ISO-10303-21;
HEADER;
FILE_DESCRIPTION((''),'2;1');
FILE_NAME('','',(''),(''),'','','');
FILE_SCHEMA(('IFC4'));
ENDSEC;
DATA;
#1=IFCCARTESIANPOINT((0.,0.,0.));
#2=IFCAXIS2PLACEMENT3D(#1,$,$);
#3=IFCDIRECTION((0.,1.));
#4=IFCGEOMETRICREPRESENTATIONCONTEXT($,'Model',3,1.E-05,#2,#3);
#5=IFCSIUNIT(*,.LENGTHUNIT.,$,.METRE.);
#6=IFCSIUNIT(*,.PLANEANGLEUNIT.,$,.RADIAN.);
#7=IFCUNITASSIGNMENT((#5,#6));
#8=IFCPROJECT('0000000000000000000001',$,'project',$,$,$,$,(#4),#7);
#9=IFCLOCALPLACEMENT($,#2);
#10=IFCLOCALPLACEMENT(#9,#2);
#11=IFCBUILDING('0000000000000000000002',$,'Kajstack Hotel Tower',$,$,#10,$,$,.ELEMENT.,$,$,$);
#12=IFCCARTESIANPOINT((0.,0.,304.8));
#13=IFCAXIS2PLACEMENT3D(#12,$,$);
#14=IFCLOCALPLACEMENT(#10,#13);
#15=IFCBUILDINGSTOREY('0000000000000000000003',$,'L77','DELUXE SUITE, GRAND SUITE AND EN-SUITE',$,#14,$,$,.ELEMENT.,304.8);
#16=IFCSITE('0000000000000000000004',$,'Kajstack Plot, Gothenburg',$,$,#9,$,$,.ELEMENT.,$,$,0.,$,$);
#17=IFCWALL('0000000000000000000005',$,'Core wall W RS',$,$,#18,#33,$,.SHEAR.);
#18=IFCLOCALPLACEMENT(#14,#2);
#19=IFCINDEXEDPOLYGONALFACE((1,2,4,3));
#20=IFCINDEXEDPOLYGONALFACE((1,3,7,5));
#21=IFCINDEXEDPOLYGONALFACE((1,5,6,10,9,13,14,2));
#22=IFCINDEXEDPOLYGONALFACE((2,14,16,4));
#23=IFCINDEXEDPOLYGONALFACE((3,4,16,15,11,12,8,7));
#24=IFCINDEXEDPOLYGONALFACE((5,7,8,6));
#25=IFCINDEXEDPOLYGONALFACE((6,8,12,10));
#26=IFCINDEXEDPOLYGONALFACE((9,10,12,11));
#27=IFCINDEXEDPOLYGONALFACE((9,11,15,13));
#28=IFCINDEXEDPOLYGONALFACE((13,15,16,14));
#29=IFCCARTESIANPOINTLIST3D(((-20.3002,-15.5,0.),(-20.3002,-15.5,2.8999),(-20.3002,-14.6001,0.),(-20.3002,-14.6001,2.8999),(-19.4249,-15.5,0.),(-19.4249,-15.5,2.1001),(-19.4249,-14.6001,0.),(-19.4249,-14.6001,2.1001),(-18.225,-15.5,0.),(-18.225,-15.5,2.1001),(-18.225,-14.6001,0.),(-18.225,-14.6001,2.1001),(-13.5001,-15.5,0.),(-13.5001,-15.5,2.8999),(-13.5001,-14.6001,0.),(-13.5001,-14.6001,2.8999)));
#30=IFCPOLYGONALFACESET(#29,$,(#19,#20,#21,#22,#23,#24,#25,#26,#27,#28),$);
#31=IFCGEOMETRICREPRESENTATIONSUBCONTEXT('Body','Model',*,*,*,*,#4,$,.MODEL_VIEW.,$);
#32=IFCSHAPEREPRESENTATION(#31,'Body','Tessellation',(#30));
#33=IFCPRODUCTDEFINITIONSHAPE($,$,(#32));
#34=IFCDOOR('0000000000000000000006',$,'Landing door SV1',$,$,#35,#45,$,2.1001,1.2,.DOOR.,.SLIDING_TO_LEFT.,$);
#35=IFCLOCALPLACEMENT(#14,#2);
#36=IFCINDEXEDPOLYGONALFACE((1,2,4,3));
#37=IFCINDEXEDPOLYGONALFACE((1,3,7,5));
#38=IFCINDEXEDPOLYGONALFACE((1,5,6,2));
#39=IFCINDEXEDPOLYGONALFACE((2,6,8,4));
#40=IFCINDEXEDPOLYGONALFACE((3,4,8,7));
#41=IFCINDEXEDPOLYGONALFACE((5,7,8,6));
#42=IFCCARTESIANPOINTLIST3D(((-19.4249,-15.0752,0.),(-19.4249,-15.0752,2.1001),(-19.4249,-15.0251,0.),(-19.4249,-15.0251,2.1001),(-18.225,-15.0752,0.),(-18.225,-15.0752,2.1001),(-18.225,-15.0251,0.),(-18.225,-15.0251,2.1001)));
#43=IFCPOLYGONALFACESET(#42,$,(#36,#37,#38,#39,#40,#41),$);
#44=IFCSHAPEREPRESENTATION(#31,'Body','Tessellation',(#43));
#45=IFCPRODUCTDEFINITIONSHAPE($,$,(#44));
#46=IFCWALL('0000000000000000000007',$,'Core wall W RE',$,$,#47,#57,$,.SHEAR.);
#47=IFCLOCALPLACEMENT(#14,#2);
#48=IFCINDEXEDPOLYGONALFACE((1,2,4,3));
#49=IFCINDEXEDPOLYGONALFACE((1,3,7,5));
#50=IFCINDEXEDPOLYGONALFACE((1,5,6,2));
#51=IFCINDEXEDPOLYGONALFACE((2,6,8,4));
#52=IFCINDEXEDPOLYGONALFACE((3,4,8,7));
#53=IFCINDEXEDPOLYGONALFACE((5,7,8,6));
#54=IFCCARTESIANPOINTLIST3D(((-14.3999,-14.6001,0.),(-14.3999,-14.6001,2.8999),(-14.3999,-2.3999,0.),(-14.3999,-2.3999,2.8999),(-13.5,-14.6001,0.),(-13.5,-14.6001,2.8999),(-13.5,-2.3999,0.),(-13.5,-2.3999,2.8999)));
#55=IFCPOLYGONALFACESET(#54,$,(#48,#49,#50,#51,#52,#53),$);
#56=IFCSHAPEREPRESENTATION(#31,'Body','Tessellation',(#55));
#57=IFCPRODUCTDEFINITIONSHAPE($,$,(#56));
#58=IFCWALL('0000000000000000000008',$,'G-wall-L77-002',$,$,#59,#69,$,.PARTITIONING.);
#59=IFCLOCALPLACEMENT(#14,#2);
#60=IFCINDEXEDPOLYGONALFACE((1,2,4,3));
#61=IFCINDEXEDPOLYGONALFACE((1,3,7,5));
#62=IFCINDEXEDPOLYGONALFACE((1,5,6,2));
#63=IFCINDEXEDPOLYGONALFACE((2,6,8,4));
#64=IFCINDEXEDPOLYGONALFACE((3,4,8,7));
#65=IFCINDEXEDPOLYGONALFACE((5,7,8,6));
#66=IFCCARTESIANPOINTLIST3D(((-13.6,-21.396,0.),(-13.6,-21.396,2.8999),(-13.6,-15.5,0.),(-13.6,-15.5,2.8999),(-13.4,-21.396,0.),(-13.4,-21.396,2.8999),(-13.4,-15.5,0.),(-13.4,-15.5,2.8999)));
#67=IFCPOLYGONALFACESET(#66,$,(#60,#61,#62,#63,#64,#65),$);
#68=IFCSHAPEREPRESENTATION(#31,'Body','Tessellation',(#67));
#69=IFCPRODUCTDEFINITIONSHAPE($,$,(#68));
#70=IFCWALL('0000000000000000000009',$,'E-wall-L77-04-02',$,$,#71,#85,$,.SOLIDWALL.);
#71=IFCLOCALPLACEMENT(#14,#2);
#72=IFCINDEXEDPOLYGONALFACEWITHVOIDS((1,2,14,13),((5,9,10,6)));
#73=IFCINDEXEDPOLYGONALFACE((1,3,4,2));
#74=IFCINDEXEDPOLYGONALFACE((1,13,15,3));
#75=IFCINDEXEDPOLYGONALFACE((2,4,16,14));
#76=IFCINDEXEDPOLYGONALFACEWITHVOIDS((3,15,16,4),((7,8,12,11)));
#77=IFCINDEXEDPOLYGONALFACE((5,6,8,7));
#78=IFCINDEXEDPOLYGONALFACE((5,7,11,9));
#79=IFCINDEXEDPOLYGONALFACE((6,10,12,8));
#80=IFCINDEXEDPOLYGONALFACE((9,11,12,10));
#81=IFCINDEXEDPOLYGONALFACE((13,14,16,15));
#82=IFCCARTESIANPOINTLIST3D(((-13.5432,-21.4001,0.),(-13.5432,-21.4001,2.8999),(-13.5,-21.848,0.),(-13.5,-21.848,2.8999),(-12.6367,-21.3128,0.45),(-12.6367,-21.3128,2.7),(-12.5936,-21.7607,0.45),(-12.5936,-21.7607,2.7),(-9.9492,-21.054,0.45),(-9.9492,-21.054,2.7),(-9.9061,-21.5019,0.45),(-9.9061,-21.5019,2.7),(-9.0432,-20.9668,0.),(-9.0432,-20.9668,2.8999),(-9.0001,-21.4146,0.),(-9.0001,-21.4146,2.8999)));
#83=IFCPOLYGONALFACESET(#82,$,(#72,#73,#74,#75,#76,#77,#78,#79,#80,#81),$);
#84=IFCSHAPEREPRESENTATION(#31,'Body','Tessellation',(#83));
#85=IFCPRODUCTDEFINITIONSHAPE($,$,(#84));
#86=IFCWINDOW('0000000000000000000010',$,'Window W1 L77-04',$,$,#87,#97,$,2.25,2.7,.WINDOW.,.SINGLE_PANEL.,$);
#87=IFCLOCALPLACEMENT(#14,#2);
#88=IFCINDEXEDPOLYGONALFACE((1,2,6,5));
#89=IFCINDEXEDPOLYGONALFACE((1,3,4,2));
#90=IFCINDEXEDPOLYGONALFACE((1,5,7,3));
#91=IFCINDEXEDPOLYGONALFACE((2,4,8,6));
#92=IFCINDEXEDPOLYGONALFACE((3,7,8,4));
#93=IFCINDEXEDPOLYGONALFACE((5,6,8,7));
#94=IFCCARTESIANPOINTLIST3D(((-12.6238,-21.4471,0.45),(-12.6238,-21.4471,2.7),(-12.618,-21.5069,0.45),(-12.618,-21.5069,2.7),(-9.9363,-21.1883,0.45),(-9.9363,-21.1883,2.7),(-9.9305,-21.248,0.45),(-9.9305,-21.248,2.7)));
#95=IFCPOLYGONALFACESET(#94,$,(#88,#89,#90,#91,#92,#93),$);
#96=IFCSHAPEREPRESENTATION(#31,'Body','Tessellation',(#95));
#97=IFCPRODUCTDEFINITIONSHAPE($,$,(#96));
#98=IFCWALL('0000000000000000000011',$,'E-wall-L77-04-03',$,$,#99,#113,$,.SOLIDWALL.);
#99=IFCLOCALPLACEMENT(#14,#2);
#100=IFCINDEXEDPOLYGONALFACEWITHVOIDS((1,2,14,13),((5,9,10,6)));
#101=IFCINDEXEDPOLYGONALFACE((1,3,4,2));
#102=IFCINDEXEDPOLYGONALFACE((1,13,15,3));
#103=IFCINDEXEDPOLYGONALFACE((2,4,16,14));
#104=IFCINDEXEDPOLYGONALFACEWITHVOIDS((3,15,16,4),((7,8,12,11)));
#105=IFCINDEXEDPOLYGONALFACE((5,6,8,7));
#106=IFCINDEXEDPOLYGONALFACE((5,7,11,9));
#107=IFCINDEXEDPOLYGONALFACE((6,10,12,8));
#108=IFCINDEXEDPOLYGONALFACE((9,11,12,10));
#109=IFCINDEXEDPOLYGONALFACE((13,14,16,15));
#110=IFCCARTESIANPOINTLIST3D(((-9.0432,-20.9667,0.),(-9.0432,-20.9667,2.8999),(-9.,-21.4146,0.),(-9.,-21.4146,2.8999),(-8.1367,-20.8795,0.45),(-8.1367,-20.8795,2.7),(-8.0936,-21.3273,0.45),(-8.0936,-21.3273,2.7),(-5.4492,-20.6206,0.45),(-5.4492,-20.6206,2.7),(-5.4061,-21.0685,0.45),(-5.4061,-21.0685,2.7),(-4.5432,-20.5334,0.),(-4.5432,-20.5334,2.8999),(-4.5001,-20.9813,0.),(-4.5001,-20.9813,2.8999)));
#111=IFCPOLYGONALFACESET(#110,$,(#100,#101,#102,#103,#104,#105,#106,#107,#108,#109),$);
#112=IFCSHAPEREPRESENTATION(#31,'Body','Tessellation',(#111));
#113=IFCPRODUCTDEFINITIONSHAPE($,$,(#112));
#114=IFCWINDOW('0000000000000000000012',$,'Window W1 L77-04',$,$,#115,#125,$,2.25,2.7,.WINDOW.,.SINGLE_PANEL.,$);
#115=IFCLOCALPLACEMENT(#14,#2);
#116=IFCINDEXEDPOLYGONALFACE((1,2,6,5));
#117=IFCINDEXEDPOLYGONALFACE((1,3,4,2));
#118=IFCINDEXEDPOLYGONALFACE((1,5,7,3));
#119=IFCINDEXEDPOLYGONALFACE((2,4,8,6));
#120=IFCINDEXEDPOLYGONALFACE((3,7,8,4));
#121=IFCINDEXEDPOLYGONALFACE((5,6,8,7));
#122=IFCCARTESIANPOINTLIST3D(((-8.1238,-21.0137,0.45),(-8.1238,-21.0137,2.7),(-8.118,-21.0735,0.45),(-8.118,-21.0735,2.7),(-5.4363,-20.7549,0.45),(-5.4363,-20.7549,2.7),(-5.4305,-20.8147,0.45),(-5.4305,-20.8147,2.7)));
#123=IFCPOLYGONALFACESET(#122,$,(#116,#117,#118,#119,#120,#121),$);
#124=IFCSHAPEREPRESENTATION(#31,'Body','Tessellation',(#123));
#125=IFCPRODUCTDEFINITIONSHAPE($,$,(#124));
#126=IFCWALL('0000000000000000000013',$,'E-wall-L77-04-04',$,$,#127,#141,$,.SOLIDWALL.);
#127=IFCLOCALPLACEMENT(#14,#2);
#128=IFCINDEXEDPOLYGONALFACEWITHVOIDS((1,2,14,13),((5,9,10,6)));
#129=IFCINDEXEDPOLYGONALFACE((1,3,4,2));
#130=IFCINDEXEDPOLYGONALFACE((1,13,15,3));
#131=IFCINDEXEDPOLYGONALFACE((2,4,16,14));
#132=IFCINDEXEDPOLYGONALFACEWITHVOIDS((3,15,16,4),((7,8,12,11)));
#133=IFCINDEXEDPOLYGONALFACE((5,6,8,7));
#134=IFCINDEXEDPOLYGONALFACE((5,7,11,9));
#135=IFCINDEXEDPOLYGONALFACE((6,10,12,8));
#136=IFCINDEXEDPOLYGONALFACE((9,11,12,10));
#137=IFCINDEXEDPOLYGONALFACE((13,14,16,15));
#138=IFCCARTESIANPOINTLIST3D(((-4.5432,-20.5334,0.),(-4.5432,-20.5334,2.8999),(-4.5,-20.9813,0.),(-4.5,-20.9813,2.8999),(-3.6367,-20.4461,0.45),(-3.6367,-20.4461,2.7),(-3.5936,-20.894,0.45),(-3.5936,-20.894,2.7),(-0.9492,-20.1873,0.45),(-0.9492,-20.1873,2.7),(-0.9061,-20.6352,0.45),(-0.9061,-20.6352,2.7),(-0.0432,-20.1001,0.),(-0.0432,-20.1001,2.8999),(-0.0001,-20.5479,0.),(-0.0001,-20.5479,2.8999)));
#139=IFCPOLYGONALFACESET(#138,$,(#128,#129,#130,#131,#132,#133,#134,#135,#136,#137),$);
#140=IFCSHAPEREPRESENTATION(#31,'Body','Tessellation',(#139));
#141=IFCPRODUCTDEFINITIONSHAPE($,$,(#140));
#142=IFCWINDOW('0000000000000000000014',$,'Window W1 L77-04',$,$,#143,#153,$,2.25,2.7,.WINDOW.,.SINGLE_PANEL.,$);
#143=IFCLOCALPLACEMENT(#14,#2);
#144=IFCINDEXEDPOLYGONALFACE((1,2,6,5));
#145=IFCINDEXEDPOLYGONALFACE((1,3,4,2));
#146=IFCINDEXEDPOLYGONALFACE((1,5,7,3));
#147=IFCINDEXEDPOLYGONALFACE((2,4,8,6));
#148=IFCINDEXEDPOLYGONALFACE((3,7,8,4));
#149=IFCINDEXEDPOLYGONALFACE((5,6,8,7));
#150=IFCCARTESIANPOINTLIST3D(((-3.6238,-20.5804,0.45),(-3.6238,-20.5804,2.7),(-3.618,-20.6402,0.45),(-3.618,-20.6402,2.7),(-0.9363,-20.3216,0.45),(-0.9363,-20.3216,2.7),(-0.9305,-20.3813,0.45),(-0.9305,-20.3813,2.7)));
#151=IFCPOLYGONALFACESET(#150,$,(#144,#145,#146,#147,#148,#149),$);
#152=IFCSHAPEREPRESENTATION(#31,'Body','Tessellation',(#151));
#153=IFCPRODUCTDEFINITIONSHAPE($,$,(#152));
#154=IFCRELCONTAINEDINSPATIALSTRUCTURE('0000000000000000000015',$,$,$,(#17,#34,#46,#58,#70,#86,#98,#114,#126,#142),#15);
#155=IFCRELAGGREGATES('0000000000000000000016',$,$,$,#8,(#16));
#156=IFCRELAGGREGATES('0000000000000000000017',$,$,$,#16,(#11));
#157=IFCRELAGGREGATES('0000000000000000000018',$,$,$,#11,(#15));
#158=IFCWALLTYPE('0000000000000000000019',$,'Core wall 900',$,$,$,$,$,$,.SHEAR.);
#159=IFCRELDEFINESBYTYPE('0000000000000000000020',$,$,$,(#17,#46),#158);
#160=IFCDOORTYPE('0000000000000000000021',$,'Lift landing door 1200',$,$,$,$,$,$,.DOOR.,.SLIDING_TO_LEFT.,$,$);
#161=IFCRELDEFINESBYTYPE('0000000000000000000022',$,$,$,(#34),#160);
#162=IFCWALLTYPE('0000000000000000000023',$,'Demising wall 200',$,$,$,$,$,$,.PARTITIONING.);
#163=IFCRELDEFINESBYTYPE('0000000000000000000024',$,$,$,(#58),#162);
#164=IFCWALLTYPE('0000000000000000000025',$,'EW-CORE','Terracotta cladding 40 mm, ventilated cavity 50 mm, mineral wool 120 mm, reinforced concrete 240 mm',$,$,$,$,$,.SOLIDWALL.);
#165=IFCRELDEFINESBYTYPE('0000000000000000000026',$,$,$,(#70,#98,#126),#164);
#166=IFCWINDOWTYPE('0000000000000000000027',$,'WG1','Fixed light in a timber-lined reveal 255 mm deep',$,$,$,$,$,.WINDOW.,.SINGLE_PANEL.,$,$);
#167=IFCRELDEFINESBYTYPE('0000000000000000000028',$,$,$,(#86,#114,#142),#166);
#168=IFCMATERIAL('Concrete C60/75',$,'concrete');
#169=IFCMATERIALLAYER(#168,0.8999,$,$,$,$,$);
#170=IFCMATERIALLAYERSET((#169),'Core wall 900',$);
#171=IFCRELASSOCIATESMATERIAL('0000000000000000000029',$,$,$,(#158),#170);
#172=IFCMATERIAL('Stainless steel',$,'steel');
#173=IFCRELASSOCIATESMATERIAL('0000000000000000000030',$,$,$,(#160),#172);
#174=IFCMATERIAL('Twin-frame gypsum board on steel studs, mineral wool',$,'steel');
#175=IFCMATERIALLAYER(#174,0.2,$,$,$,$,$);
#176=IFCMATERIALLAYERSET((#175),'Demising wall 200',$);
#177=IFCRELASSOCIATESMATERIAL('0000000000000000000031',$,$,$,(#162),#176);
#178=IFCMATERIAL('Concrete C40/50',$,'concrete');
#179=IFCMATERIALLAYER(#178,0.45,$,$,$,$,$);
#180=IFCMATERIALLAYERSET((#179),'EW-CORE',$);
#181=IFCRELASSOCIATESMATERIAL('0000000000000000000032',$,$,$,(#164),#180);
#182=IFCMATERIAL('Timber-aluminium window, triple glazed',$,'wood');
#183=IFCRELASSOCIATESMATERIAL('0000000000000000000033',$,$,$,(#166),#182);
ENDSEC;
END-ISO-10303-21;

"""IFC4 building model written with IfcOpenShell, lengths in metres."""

from ifc_helpers import new_model, si_unit, direction, frame, frame_2d, origin, place, context, subcontext, project, spatial, rectangle, extrude, material, layer, layer_set, type_object, element, fill, save


model = new_model("IFC4")

# Units and contexts
model_context = context("Model", 3, precision=1e-05, world=origin(), true_north=direction((0.0, 1.0)))
body_context = subcontext(model_context, "Body", "Model", "MODEL_VIEW")
ifc_project = project(units=[si_unit("LENGTHUNIT", "METRE"), si_unit("PLANEANGLEUNIT", "RADIAN")], contexts=[model_context])

# Site, building, storey
site_placement = place(None, origin())
site = spatial("IfcSite", under=ifc_project, at=site_placement, Name="Kajstack Plot, Gothenburg", CompositionType="ELEMENT", RefElevation=0.0)
building_placement = place(site_placement, origin())
building = spatial("IfcBuilding", under=site, at=building_placement, Name="Kajstack Hotel Tower", CompositionType="ELEMENT")
storey_placement = place(building_placement, frame((0.0, 0.0, 304.8)))
storey = spatial("IfcBuildingStorey", under=building, at=storey_placement, Name="L77", Description="DELUXE SUITE, GRAND SUITE AND EN-SUITE", CompositionType="ELEMENT", Elevation=304.8)

# Wall, opening, door
ifc_material_1 = material(Name="Concrete C60/75", Category="concrete")
ifc_layer_1 = layer(ifc_material_1, 0.8999)
ifc_layer_set_1 = layer_set([ifc_layer_1], Name="Core wall 900")
wall_type_1 = type_object("IfcWallType", Name="Core wall 900", PredefinedType="SHEAR", material=ifc_layer_set_1)
wall_1_placement = place(storey_placement, frame((-20.3, -15.05, 0.0), z_axis=(0.0, 0.0, 1.0), x_axis=(1.0, 0.0, 0.0)))
wall_1 = element("IfcWall", 1, at=wall_1_placement, inside=storey, type_object=wall_type_1, Name="Core wall W RS", PredefinedType="SHEAR", context=body_context, shape_type="SweptSolid", body=[
    extrude(rectangle(XDim=6.8, YDim=0.8999, at=frame_2d((3.3999, 0.0))), origin(), (0.0, 0.0, 1.0), 2.8999),
])
opening_1_placement = place(wall_1_placement, frame((0.875, 0.0, 0.0)))
opening_1 = element("IfcOpeningElement", 2, at=opening_1_placement, cuts=wall_1, PredefinedType="OPENING", context=body_context, shape_type="SweptSolid", body=[
    extrude(rectangle(XDim=1.2, YDim=2.1001, at=frame_2d((0.6001, 1.05))), frame((0.0, 0.46, 0.0), z_axis=(0.0, -1.0, 0.0), x_axis=(1.0, 0.0, 0.0)), (0.0, 0.0, 1.0), 0.9199),
])
ifc_material_2 = material(Name="Stainless steel", Category="steel")
door_type_1 = type_object("IfcDoorType", Name="Lift landing door 1200", OperationType="SLIDING_TO_LEFT", PredefinedType="DOOR", material=ifc_material_2)
door_1_placement = place(opening_1_placement, origin())
door_1 = element("IfcDoor", 3, at=door_1_placement, inside=storey, type_object=door_type_1, Name="Landing door SV1", OperationType="SLIDING_TO_LEFT", OverallHeight=2.1001, OverallWidth=1.2, PredefinedType="DOOR", context=body_context, shape_type="SweptSolid", body=[
    extrude(rectangle(XDim=1.2, YDim=2.1001, at=frame_2d((0.6001, 1.05))), frame((0.0, 0.0249, 0.0), z_axis=(0.0, -1.0, 0.0), x_axis=(1.0, 0.0, 0.0)), (0.0, 0.0, 1.0), 0.05),
])
fill(opening_1, door_1)

# Walls
wall_2_placement = place(storey_placement, frame((-13.95, -14.6001, 0.0), z_axis=(0.0, 0.0, 1.0), x_axis=(0.0, 1.0, 0.0)))
element("IfcWall", 4, at=wall_2_placement, inside=storey, type_object=wall_type_1, Name="Core wall W RE", PredefinedType="SHEAR", context=body_context, shape_type="SweptSolid", body=[
    extrude(rectangle(XDim=12.2002, YDim=0.8999, at=frame_2d((6.1001, 0.0))), origin(), (0.0, 0.0, 1.0), 2.8999),
])
ifc_material_3 = material(Name="Twin-frame gypsum board on steel studs, mineral wool", Category="steel")
ifc_layer_2 = layer(ifc_material_3, 0.2)
ifc_layer_set_2 = layer_set([ifc_layer_2], Name="Demising wall 200")
wall_type_2 = type_object("IfcWallType", Name="Demising wall 200", PredefinedType="PARTITIONING", material=ifc_layer_set_2)
wall_3_placement = place(storey_placement, frame((-13.5, -21.396, 0.0), z_axis=(0.0, 0.0, 1.0), x_axis=(0.0, 1.0, 0.0)))
element("IfcWall", 5, at=wall_3_placement, inside=storey, type_object=wall_type_2, Name="G-wall-L77-002", PredefinedType="PARTITIONING", context=body_context, shape_type="SweptSolid", body=[
    extrude(rectangle(XDim=5.896, YDim=0.2, at=frame_2d((2.948, 0.0))), origin(), (0.0, 0.0, 1.0), 2.8999),
])

# Walls, openings, windows
ifc_material_4 = material(Name="Concrete C40/50", Category="concrete")
ifc_layer_3 = layer(ifc_material_4, 0.45)
ifc_layer_set_3 = layer_set([ifc_layer_3], Name="EW-CORE")
wall_type_3 = type_object("IfcWallType", Name="EW-CORE", Description="Terracotta cladding 40 mm, ventilated cavity 50 mm, mineral wool 120 mm, reinforced concrete 240 mm", PredefinedType="SOLIDWALL", material=ifc_layer_set_3)
wall_4_placement = place(storey_placement, frame((-13.5215, -21.624, 0.0), z_axis=(0.0, 0.0, 1.0), x_axis=(0.995395, 0.095856, 0.0)))
wall_4 = element("IfcWall", 6, at=wall_4_placement, inside=storey, type_object=wall_type_3, Name="E-wall-L77-04-02", PredefinedType="SOLIDWALL", context=body_context, shape_type="SweptSolid", body=[
    extrude(rectangle(XDim=4.5208, YDim=0.45, at=frame_2d((2.2603, 0.0))), origin(), (0.0, 0.0, 1.0), 2.8999),
])
opening_2_placement = place(wall_4_placement, frame((0.9104, 0.0, 0.45)))
opening_2 = element("IfcOpeningElement", 7, at=opening_2_placement, cuts=wall_4, PredefinedType="OPENING", context=body_context, shape_type="SweptSolid", body=[
    extrude(rectangle(XDim=2.7, YDim=2.25, at=frame_2d((1.3501, 1.125))), frame((0.0, 0.2349, 0.0), z_axis=(0.0, -1.0, 0.0), x_axis=(1.0, 0.0, 0.0)), (0.0, 0.0, 1.0), 0.47),
])
ifc_material_5 = material(Name="Timber-aluminium window, triple glazed", Category="wood")
window_type = type_object("IfcWindowType", Name="WG1", Description="Fixed light in a timber-lined reveal 255 mm deep", PartitioningType="SINGLE_PANEL", PredefinedType="WINDOW", material=ifc_material_5)
window_1_placement = place(opening_2_placement, origin())
window_1 = element("IfcWindow", 8, at=window_1_placement, inside=storey, type_object=window_type, Name="Window W1 L77-04", OverallHeight=2.25, OverallWidth=2.7, PartitioningType="SINGLE_PANEL", PredefinedType="WINDOW", context=body_context, shape_type="SweptSolid", body=[
    extrude(rectangle(XDim=2.7, YDim=2.25, at=frame_2d((1.3501, 1.125))), frame((0.0, 0.0901, 0.0), z_axis=(0.0, -1.0, 0.0), x_axis=(1.0, 0.0, 0.0)), (0.0, 0.0, 1.0), 0.0601),
])
fill(opening_2, window_1)
wall_5_placement = place(storey_placement, frame((-9.0215, -21.1907, 0.0), z_axis=(0.0, 0.0, 1.0), x_axis=(0.995395, 0.095856, 0.0)))
wall_5 = element("IfcWall", 9, at=wall_5_placement, inside=storey, type_object=wall_type_3, Name="E-wall-L77-04-03", PredefinedType="SOLIDWALL", context=body_context, shape_type="SweptSolid", body=[
    extrude(rectangle(XDim=4.5208, YDim=0.45, at=frame_2d((2.2603, 0.0))), origin(), (0.0, 0.0, 1.0), 2.8999),
])
opening_3_placement = place(wall_5_placement, frame((0.9104, 0.0, 0.45)))
opening_3 = element("IfcOpeningElement", 10, at=opening_3_placement, cuts=wall_5, PredefinedType="OPENING", context=body_context, shape_type="SweptSolid", body=[
    extrude(rectangle(XDim=2.7, YDim=2.25, at=frame_2d((1.3501, 1.125))), frame((0.0, 0.2349, 0.0), z_axis=(0.0, -1.0, 0.0), x_axis=(1.0, 0.0, 0.0)), (0.0, 0.0, 1.0), 0.47),
])
window_2_placement = place(opening_3_placement, origin())
window_2 = element("IfcWindow", 11, at=window_2_placement, inside=storey, type_object=window_type, Name="Window W1 L77-04", OverallHeight=2.25, OverallWidth=2.7, PartitioningType="SINGLE_PANEL", PredefinedType="WINDOW", context=body_context, shape_type="SweptSolid", body=[
    extrude(rectangle(XDim=2.7, YDim=2.25, at=frame_2d((1.3501, 1.125))), frame((0.0, 0.0901, 0.0), z_axis=(0.0, -1.0, 0.0), x_axis=(1.0, 0.0, 0.0)), (0.0, 0.0, 1.0), 0.0601),
])
fill(opening_3, window_2)
wall_6_placement = place(storey_placement, frame((-4.5215, -20.7573, 0.0), z_axis=(0.0, 0.0, 1.0), x_axis=(0.995395, 0.095856, 0.0)))
wall_6 = element("IfcWall", 12, at=wall_6_placement, inside=storey, type_object=wall_type_3, Name="E-wall-L77-04-04", PredefinedType="SOLIDWALL", context=body_context, shape_type="SweptSolid", body=[
    extrude(rectangle(XDim=4.5208, YDim=0.45, at=frame_2d((2.2603, 0.0))), origin(), (0.0, 0.0, 1.0), 2.8999),
])
opening_4_placement = place(wall_6_placement, frame((0.9104, 0.0, 0.45)))
opening_4 = element("IfcOpeningElement", 13, at=opening_4_placement, cuts=wall_6, PredefinedType="OPENING", context=body_context, shape_type="SweptSolid", body=[
    extrude(rectangle(XDim=2.7, YDim=2.25, at=frame_2d((1.3501, 1.125))), frame((0.0, 0.2349, 0.0), z_axis=(0.0, -1.0, 0.0), x_axis=(1.0, 0.0, 0.0)), (0.0, 0.0, 1.0), 0.47),
])
window_3_placement = place(opening_4_placement, origin())
window_3 = element("IfcWindow", 14, at=window_3_placement, inside=storey, type_object=window_type, Name="Window W1 L77-04", OverallHeight=2.25, OverallWidth=2.7, PartitioningType="SINGLE_PANEL", PredefinedType="WINDOW", context=body_context, shape_type="SweptSolid", body=[
    extrude(rectangle(XDim=2.7, YDim=2.25, at=frame_2d((1.3501, 1.125))), frame((0.0, 0.0901, 0.0), z_axis=(0.0, -1.0, 0.0), x_axis=(1.0, 0.0, 0.0)), (0.0, 0.0, 1.0), 0.0601),
])
fill(opening_4, window_3)

save(model, "model.ifc")
